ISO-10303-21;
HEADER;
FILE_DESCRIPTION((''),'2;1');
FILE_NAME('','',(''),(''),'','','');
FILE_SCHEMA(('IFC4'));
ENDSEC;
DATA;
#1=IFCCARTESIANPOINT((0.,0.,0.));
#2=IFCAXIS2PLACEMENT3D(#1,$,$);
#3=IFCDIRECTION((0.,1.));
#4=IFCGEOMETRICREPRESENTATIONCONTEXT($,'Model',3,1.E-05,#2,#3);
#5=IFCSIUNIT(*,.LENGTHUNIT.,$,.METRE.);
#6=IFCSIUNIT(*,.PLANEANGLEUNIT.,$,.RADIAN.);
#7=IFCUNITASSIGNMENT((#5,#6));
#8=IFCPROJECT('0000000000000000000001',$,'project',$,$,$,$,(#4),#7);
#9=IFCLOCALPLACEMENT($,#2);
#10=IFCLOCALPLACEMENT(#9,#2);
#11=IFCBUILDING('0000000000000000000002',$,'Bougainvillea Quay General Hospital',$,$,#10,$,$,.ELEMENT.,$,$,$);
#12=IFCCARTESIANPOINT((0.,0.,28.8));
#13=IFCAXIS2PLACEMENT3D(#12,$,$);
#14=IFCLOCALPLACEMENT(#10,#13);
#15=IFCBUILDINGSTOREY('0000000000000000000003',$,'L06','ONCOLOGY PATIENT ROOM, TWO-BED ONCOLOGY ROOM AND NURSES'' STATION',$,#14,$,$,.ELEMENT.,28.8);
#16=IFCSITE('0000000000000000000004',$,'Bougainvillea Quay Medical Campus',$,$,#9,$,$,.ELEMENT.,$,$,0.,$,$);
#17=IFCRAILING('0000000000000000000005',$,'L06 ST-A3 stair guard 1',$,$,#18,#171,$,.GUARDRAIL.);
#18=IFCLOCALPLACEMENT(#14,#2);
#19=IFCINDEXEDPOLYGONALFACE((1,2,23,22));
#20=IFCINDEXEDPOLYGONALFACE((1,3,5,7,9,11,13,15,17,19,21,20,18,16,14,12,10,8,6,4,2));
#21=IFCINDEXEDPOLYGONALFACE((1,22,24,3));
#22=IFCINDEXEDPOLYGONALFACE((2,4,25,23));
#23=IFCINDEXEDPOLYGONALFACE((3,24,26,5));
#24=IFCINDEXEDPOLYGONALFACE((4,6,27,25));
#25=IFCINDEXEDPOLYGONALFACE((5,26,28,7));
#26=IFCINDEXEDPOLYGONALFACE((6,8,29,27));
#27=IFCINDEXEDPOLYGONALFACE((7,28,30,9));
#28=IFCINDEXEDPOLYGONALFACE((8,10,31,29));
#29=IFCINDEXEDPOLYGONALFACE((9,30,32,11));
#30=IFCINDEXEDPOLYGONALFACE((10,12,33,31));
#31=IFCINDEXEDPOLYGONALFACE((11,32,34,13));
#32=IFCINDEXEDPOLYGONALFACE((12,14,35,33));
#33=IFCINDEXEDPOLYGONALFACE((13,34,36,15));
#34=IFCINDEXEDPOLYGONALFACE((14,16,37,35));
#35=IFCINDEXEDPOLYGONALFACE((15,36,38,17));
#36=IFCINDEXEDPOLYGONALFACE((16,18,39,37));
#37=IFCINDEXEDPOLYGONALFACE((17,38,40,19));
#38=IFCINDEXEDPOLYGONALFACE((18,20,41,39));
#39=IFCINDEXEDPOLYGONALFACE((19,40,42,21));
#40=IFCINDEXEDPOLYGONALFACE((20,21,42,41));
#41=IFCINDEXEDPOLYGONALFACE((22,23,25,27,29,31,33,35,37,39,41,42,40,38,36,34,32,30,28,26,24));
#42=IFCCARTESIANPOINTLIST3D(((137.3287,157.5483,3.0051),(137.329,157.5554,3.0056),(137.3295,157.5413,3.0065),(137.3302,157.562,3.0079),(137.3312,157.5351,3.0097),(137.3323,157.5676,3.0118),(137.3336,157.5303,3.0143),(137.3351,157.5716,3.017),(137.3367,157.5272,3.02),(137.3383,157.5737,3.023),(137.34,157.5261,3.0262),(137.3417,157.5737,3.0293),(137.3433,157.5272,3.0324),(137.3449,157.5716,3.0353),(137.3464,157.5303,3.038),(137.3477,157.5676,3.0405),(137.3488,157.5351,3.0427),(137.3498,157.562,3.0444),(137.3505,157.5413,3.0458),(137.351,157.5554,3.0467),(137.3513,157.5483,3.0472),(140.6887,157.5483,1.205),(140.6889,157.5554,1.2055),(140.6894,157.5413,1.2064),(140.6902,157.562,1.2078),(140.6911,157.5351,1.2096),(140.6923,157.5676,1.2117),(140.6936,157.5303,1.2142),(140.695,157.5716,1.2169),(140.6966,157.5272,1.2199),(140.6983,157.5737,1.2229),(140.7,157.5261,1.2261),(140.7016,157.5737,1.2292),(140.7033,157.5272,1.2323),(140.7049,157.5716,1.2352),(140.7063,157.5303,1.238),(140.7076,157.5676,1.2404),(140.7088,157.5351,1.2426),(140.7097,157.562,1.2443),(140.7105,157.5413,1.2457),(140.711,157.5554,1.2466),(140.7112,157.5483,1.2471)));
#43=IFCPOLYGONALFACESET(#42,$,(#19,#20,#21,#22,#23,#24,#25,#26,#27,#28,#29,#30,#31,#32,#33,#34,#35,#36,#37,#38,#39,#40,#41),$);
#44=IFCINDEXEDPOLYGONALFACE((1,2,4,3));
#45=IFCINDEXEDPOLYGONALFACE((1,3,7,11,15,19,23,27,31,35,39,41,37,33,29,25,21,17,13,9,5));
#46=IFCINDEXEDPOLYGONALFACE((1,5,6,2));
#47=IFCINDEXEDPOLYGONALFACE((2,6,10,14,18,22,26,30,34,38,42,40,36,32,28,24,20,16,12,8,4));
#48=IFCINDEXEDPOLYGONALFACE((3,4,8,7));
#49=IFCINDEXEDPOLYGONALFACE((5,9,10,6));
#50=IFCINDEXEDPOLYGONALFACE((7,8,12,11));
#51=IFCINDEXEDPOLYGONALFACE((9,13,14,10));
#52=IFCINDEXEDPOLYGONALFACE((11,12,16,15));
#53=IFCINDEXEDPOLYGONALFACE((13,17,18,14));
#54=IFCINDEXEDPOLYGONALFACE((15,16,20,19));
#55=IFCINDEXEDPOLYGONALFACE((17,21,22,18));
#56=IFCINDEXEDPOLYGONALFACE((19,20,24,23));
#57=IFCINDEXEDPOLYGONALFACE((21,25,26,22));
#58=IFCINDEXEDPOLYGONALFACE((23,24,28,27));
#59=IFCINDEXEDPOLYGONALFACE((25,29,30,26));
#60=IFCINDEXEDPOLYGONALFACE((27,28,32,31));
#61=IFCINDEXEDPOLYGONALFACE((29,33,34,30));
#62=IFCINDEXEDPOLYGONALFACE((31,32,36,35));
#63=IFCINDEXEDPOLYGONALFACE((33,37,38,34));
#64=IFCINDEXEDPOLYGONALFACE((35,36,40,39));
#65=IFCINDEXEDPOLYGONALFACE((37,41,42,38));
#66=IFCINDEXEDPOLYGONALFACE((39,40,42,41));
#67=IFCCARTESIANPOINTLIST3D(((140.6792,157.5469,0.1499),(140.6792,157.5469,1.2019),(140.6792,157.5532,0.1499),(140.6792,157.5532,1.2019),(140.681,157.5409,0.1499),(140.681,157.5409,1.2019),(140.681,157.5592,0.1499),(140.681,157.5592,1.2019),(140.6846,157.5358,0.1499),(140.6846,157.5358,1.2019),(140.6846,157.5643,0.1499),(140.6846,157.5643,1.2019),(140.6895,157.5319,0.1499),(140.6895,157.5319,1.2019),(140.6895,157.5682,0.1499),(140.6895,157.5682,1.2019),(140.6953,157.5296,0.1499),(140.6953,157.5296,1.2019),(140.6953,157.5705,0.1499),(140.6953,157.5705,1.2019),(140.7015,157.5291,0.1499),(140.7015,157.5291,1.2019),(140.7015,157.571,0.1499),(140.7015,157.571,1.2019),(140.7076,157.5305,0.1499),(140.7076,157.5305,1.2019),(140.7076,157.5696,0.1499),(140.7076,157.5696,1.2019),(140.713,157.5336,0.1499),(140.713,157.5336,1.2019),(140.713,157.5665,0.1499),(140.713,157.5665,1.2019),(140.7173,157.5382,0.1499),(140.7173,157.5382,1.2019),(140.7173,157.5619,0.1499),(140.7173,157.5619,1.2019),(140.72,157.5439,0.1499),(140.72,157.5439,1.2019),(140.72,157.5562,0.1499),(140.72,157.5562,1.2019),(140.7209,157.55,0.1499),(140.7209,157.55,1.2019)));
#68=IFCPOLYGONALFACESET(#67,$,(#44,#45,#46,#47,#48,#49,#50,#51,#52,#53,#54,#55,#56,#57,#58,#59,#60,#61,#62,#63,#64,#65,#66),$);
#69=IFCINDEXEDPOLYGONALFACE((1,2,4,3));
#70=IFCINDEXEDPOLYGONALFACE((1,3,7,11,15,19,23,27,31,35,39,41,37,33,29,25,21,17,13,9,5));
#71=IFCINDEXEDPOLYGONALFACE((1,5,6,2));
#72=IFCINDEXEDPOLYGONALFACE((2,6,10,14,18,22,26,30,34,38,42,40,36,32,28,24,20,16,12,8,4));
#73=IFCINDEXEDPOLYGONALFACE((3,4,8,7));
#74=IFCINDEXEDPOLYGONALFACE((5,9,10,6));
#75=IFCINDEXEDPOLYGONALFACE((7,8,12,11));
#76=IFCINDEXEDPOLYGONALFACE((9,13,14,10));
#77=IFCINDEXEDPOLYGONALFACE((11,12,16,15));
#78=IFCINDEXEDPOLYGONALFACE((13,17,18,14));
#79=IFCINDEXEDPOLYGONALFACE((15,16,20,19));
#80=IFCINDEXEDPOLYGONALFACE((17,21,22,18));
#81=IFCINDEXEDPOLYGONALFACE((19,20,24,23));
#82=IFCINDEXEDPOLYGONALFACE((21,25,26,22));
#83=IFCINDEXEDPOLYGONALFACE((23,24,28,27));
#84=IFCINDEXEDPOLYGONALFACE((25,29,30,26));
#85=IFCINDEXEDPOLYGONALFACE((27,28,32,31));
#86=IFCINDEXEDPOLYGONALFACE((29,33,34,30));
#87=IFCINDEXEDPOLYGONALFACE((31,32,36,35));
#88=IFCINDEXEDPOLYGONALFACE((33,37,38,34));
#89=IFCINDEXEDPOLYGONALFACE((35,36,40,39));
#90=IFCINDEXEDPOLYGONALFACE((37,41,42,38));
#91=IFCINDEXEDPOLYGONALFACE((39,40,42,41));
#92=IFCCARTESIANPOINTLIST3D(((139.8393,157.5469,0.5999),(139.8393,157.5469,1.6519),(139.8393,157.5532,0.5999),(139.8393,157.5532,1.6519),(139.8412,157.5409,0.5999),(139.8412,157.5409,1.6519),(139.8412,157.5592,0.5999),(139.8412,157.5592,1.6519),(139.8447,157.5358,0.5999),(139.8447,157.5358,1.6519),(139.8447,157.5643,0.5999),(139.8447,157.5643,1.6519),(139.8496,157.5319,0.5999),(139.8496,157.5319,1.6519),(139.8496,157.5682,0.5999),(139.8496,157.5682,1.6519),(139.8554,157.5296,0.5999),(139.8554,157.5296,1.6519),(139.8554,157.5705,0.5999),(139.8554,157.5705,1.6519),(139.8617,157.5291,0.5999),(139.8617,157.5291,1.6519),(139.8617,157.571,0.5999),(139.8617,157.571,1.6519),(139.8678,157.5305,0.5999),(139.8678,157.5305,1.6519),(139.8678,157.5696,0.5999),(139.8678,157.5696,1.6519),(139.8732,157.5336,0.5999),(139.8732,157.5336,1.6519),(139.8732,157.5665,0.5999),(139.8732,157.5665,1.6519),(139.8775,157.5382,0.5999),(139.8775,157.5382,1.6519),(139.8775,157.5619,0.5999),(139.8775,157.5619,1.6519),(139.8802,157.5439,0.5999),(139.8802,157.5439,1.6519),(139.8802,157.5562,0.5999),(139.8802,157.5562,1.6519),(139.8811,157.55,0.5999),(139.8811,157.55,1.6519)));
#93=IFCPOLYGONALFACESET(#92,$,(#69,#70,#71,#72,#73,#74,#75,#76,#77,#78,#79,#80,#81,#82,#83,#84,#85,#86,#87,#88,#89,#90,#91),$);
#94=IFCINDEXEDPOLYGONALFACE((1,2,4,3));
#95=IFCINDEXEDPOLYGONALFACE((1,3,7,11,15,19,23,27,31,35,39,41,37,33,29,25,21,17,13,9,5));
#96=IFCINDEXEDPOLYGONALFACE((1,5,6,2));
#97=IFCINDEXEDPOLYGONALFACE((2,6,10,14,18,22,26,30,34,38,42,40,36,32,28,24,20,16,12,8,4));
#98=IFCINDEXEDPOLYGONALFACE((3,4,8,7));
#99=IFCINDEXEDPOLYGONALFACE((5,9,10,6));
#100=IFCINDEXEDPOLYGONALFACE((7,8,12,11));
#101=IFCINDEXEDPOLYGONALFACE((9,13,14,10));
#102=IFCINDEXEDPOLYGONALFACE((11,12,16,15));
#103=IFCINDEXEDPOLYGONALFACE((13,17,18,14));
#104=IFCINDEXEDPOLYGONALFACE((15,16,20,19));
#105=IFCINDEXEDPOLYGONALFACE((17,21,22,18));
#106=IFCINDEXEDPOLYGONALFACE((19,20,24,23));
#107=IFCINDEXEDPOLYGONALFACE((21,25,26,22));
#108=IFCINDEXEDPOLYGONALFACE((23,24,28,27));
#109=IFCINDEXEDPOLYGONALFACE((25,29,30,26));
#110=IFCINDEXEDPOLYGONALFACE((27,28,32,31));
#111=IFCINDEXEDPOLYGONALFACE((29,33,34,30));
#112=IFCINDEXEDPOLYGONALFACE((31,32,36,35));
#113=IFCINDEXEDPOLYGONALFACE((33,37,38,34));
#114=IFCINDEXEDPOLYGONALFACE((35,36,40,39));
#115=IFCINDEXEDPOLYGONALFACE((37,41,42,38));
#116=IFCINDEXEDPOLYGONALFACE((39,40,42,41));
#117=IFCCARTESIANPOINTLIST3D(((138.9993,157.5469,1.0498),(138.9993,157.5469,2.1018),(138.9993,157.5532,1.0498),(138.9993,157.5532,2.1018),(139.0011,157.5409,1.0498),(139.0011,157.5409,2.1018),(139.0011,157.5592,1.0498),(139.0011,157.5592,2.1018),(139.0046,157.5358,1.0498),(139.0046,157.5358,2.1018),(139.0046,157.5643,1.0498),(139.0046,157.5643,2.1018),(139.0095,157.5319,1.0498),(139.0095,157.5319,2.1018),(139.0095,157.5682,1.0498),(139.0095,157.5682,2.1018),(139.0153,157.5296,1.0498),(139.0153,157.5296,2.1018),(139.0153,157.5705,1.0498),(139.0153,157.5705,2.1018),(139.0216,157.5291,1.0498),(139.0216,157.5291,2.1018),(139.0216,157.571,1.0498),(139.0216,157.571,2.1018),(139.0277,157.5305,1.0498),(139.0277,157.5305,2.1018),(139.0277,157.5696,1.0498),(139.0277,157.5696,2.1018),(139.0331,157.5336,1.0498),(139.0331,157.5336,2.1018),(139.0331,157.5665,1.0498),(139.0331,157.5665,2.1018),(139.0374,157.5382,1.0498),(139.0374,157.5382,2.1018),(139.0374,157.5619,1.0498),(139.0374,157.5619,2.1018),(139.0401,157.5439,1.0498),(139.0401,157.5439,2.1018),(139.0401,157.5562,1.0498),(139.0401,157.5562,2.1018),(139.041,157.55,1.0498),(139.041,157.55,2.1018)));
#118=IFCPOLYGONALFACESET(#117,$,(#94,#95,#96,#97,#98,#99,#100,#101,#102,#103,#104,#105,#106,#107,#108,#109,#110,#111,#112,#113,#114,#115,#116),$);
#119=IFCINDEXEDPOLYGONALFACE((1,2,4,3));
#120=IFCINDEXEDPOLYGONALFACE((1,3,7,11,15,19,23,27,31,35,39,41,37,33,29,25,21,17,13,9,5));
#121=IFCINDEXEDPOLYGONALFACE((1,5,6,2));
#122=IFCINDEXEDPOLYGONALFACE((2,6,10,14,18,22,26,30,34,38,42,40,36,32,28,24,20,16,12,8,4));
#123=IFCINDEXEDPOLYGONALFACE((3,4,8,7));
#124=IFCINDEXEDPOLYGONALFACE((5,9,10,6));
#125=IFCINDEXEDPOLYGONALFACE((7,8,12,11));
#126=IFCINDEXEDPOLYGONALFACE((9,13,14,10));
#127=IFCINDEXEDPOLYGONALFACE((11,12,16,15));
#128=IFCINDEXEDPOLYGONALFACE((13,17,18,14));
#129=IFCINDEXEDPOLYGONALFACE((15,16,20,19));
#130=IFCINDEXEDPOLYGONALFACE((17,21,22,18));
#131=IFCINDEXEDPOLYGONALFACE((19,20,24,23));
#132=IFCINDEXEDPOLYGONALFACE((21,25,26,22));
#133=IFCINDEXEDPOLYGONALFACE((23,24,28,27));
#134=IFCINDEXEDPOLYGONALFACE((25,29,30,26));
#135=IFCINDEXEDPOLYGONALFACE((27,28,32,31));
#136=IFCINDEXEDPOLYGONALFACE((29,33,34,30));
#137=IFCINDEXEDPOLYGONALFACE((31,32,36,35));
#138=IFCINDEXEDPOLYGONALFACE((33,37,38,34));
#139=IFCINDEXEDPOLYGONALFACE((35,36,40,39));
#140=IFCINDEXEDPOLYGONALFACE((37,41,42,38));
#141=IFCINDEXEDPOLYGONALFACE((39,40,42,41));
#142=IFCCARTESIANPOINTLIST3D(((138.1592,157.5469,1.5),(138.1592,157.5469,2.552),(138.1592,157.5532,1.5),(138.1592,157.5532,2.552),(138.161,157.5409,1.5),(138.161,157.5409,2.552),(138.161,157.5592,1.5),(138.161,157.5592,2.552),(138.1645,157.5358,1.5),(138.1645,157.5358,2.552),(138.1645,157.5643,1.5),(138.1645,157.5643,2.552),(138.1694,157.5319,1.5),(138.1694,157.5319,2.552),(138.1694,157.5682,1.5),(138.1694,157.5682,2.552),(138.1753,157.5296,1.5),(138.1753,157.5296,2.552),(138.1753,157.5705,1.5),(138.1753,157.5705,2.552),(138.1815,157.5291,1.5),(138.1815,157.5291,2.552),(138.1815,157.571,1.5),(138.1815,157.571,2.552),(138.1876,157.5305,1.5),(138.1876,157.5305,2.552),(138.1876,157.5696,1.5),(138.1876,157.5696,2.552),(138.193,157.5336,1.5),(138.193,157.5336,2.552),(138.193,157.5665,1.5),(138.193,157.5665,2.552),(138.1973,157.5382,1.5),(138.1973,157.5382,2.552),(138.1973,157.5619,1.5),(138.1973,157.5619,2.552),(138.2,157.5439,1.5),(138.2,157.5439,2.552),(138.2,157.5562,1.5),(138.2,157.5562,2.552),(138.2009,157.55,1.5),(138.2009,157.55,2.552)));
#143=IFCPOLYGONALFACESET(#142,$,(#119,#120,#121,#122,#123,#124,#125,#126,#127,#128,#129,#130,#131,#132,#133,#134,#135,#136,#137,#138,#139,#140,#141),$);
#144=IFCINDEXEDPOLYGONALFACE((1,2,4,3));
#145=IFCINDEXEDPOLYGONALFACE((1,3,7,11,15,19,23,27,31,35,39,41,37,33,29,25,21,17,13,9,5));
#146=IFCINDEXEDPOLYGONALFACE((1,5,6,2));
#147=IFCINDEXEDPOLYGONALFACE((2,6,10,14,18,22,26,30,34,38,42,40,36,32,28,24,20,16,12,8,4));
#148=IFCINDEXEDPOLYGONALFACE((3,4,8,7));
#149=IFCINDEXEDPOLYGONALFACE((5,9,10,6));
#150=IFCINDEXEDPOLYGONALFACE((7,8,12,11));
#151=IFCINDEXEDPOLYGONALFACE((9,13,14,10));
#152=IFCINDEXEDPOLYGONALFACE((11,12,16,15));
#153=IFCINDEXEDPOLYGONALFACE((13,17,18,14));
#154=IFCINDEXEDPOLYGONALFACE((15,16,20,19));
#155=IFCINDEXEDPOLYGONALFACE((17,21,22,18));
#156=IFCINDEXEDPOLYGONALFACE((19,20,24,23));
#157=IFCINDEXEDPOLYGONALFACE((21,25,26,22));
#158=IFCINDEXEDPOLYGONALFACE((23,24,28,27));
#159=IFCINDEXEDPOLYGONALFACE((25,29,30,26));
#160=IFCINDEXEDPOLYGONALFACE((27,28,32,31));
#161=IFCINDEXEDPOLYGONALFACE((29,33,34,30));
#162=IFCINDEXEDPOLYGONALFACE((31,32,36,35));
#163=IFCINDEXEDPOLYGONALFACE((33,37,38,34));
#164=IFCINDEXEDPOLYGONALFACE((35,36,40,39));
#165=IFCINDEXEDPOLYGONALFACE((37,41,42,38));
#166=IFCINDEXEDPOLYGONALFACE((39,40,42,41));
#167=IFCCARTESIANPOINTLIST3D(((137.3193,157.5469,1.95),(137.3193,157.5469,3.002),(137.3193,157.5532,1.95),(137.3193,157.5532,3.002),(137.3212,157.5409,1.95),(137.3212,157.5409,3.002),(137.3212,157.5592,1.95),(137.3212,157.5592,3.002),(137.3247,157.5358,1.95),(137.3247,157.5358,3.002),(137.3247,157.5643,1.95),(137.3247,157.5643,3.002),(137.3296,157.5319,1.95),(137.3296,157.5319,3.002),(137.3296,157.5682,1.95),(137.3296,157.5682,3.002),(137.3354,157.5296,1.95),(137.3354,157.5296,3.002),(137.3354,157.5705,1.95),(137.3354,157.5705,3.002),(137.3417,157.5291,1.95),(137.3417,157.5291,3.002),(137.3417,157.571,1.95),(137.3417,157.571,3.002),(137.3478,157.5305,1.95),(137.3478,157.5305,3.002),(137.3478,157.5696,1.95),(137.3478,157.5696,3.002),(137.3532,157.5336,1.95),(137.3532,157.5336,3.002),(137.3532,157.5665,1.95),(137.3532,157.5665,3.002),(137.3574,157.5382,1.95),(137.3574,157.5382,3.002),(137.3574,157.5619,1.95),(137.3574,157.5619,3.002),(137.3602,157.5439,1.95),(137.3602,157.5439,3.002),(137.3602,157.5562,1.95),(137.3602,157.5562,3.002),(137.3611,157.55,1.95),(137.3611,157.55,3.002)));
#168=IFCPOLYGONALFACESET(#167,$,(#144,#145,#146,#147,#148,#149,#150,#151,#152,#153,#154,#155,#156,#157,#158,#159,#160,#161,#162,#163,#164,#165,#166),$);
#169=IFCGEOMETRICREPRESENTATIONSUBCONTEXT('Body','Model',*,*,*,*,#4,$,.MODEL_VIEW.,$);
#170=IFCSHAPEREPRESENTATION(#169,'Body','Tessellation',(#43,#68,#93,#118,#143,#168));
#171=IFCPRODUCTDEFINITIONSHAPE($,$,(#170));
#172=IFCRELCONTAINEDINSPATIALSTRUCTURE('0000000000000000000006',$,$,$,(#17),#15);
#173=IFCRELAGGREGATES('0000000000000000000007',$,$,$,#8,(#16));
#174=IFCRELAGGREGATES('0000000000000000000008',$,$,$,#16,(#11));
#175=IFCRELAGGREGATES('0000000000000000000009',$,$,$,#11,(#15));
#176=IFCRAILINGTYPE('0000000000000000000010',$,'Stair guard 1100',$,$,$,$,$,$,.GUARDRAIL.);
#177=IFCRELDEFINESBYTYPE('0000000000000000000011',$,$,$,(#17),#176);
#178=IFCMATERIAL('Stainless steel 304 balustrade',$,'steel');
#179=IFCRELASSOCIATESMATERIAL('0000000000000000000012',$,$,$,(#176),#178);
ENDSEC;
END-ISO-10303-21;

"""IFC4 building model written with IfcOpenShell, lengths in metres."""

from ifc_helpers import new_model, si_unit, direction, frame, origin, origin_2d, place, context, subcontext, project, spatial, circle, extrude, material, type_object, element, save


model = new_model("IFC4")

# Units and contexts
model_context = context("Model", 3, precision=1e-05, world=origin(), true_north=direction((0.0, 1.0)))
body_context = subcontext(model_context, "Body", "Model", "MODEL_VIEW")
ifc_project = project(units=[si_unit("LENGTHUNIT", "METRE"), si_unit("PLANEANGLEUNIT", "RADIAN")], contexts=[model_context])

# Site, building, storey
site_placement = place(None, origin())
site = spatial("IfcSite", under=ifc_project, at=site_placement, Name="Bougainvillea Quay Medical Campus", CompositionType="ELEMENT", RefElevation=0.0)
building_placement = place(site_placement, origin())
building = spatial("IfcBuilding", under=site, at=building_placement, Name="Bougainvillea Quay General Hospital", CompositionType="ELEMENT")
storey_placement = place(building_placement, frame((0.0, 0.0, 28.8)))
storey = spatial("IfcBuildingStorey", under=building, at=storey_placement, Name="L06", Description="ONCOLOGY PATIENT ROOM, TWO-BED ONCOLOGY ROOM AND NURSES' STATION", CompositionType="ELEMENT", Elevation=28.8)

# Railing
ifc_material_1 = material(Name="Stainless steel 304 balustrade", Category="steel")
railing_type_1 = type_object("IfcRailingType", Name="Stair guard 1100", PredefinedType="GUARDRAIL", material=ifc_material_1)
railing_1_placement = place(storey_placement, frame((140.7, 157.55, 0.1499)))
element("IfcRailing", 1, at=railing_1_placement, inside=storey, type_object=railing_type_1, Name="L06 ST-A3 stair guard 1", PredefinedType="GUARDRAIL", context=body_context, shape_type="SweptSolid", body=[
    extrude(circle(Radius=0.0239, at=origin_2d()), frame((0.0, 0.0, 1.0762), z_axis=(-0.881467, 0.0, 0.472246), x_axis=(0.0, -1.0, 0.0)), (0.0, 0.0, 1.0), 3.8118),
    extrude(circle(Radius=0.021, at=origin_2d()), origin(), (0.0, 0.0, 1.0), 1.052),
    extrude(circle(Radius=0.021, at=origin_2d()), frame((-0.8398, 0.0, 0.45)), (0.0, 0.0, 1.0), 1.052),
    extrude(circle(Radius=0.021, at=origin_2d()), frame((-1.6799, 0.0, 0.8999)), (0.0, 0.0, 1.0), 1.052),
    extrude(circle(Radius=0.021, at=origin_2d()), frame((-2.52, 0.0, 1.3501)), (0.0, 0.0, 1.0), 1.052),
    extrude(circle(Radius=0.021, at=origin_2d()), frame((-3.3599, 0.0, 1.8)), (0.0, 0.0, 1.0), 1.052),
])

save(model, "model.ifc")
